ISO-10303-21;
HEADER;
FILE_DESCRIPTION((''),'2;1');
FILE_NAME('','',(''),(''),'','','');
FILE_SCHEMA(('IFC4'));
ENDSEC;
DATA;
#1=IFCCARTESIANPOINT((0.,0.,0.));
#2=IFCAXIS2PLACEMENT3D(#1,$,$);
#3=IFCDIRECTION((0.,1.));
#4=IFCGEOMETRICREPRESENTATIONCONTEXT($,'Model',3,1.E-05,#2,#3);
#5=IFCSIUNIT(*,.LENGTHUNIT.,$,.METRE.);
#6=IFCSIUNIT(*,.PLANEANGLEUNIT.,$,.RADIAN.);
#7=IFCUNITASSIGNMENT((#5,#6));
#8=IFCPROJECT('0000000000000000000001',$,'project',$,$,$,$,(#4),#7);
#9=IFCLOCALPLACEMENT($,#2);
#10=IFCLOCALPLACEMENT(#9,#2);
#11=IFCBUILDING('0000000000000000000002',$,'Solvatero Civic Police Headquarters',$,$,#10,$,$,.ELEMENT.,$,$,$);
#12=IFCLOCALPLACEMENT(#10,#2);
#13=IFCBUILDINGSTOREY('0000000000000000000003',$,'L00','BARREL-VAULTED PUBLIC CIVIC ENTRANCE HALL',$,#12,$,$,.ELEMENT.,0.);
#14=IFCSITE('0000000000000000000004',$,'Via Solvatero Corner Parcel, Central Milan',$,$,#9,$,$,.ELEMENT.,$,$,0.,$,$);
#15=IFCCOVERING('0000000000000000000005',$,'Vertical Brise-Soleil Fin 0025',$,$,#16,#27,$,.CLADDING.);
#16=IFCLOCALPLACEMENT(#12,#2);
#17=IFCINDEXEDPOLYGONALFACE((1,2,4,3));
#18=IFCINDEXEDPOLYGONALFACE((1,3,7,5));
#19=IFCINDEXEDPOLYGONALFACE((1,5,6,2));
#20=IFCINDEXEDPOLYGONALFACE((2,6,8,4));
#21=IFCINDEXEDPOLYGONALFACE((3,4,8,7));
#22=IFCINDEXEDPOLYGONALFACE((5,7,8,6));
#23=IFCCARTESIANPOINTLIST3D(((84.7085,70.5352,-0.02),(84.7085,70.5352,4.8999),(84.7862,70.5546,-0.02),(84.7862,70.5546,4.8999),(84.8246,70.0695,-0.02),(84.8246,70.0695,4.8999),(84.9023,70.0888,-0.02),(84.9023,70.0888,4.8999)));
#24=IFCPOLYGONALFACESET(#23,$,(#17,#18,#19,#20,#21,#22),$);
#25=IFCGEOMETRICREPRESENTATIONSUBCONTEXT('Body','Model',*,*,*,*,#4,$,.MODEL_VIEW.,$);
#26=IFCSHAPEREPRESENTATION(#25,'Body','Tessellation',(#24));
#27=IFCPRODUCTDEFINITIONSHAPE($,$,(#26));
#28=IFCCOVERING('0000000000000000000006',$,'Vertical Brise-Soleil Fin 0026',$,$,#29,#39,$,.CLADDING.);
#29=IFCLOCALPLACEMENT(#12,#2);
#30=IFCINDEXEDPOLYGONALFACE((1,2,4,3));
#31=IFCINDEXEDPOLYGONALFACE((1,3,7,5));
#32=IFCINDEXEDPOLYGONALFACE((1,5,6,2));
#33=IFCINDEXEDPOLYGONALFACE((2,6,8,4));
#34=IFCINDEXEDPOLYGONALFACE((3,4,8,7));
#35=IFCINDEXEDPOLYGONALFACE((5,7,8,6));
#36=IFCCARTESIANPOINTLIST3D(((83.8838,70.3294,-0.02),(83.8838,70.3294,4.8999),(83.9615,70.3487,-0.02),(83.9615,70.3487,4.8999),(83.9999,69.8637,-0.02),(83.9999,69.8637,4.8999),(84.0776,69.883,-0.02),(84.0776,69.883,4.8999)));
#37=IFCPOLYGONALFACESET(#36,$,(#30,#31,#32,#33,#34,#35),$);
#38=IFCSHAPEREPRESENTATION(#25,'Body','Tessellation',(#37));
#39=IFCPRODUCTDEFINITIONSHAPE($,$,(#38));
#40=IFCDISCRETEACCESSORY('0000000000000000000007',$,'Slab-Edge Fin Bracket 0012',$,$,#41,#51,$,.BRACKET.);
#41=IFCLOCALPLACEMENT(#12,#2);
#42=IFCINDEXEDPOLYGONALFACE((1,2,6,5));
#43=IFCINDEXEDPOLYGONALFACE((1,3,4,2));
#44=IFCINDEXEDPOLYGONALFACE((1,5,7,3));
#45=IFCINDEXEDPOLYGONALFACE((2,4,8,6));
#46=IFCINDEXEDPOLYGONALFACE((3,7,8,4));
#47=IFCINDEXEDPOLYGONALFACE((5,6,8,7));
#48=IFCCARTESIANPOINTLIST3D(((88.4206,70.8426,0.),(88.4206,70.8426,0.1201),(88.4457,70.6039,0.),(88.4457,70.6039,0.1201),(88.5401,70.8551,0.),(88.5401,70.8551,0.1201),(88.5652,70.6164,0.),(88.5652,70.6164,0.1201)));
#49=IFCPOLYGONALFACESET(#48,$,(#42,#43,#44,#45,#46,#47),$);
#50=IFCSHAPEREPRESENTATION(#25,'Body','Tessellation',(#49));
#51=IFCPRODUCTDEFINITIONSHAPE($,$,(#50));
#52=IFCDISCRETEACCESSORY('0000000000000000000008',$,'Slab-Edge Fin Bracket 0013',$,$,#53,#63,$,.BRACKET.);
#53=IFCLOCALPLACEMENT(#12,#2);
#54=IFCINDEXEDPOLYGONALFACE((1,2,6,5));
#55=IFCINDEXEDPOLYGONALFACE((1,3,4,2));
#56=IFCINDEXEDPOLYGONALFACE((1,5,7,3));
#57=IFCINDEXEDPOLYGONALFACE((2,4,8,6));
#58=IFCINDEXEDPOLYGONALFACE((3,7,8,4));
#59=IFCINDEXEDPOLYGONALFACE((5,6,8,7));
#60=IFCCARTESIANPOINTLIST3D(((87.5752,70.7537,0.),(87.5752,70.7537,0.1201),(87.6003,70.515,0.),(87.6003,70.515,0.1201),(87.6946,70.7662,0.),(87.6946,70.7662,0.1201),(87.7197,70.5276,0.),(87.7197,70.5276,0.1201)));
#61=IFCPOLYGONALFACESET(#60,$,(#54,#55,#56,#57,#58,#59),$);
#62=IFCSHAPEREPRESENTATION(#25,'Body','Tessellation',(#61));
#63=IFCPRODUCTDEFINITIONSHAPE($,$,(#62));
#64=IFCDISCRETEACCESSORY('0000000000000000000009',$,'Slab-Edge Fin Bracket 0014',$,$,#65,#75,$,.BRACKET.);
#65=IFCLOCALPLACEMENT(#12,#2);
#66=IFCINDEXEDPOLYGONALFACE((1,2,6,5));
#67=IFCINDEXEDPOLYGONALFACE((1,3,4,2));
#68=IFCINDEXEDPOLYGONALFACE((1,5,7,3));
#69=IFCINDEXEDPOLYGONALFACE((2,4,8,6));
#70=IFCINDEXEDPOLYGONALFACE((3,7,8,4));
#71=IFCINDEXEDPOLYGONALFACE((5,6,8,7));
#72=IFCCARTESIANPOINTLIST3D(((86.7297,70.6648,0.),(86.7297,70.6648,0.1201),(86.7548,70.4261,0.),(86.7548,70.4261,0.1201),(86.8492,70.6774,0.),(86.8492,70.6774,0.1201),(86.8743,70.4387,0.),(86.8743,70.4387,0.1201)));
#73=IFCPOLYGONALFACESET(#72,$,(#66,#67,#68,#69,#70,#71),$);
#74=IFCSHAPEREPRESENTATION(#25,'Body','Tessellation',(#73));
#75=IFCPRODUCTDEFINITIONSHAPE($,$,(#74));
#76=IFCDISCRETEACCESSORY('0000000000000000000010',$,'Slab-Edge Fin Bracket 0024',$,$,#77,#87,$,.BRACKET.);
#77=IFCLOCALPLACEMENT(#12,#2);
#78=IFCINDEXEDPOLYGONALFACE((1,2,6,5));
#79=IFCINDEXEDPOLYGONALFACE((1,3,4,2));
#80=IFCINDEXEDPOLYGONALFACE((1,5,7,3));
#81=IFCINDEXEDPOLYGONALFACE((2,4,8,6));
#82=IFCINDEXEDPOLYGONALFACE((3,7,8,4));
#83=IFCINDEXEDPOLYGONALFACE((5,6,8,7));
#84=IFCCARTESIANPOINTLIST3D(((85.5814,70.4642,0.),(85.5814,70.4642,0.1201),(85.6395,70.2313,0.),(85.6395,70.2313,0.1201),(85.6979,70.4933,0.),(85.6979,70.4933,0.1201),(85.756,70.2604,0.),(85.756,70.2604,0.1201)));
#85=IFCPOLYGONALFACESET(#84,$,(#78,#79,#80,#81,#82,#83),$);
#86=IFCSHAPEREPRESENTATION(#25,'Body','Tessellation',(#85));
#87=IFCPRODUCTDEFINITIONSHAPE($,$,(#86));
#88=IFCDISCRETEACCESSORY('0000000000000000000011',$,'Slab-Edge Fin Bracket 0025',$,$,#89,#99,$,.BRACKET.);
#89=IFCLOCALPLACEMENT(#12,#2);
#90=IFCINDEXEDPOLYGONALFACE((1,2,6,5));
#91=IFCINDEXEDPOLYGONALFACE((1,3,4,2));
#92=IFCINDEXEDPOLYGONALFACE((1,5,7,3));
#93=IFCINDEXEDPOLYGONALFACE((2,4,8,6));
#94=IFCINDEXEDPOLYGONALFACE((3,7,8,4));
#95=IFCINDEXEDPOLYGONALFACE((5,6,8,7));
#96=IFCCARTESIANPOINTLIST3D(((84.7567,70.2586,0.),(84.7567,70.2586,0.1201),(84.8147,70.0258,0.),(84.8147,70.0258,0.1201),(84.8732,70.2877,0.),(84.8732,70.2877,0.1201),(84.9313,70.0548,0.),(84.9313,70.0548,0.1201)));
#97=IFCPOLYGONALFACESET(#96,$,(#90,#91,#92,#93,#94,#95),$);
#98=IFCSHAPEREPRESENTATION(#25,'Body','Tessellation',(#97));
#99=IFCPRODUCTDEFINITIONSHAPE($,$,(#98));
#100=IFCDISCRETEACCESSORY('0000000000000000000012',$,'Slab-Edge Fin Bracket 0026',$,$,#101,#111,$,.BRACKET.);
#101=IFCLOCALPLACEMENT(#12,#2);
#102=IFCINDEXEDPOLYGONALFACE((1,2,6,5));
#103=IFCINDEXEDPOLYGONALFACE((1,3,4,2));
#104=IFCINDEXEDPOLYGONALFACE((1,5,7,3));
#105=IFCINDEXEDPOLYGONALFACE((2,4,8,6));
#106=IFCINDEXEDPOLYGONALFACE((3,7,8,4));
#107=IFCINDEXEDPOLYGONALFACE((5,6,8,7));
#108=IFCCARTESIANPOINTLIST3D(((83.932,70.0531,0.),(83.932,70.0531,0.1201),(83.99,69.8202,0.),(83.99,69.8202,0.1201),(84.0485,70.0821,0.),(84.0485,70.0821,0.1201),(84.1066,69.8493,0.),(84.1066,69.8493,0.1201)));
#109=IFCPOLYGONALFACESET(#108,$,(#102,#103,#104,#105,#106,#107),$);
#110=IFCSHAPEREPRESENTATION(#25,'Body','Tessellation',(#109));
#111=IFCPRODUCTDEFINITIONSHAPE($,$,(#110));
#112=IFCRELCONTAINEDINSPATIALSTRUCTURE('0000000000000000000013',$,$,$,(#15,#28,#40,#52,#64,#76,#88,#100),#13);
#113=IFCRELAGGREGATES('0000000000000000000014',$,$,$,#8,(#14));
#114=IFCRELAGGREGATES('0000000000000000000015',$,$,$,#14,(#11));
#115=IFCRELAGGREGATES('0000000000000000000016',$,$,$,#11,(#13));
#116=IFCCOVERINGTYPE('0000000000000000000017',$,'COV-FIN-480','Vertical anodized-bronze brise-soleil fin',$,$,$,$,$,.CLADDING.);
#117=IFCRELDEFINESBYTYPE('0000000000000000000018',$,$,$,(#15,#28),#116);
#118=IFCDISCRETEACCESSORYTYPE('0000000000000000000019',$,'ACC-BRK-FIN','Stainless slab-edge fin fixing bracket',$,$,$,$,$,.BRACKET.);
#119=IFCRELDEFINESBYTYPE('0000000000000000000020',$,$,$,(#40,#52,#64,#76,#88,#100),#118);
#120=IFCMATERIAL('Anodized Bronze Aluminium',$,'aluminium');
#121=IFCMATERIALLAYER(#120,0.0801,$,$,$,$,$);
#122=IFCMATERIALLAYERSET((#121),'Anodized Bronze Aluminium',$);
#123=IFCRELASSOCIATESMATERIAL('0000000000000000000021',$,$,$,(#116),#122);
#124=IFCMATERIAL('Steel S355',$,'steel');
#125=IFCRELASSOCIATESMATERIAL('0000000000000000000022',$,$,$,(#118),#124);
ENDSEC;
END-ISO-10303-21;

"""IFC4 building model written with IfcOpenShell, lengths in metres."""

from ifc_helpers import new_model, si_unit, direction, frame, origin, origin_2d, place, context, subcontext, project, spatial, rectangle, extrude, material, layer, layer_set, type_object, element, save


model = new_model("IFC4")

# Units and contexts
model_context = context("Model", 3, precision=1e-05, world=origin(), true_north=direction((0.0, 1.0)))
body_context = subcontext(model_context, "Body", "Model", "MODEL_VIEW")
ifc_project = project(units=[si_unit("LENGTHUNIT", "METRE"), si_unit("PLANEANGLEUNIT", "RADIAN")], contexts=[model_context])

# Site, building, storey
site_placement = place(None, origin())
site = spatial("IfcSite", under=ifc_project, at=site_placement, Name="Via Solvatero Corner Parcel, Central Milan", CompositionType="ELEMENT", RefElevation=0.0)
building_placement = place(site_placement, origin())
building = spatial("IfcBuilding", under=site, at=building_placement, Name="Solvatero Civic Police Headquarters", CompositionType="ELEMENT")
storey_placement = place(building_placement, origin())
storey = spatial("IfcBuildingStorey", under=building, at=storey_placement, Name="L00", Description="BARREL-VAULTED PUBLIC CIVIC ENTRANCE HALL", CompositionType="ELEMENT", Elevation=0.0)

# Shared definitions
ifc_material_1 = material(Name="Steel S355", Category="steel")

# Shared definitions
ifc_material_2 = material(Name="Anodized Bronze Aluminium", Category="aluminium")

# Coverings
ifc_layer_1 = layer(ifc_material_2, 0.0801)
ifc_layer_set_1 = layer_set([ifc_layer_1], Name="Anodized Bronze Aluminium")
covering_type = type_object("IfcCoveringType", Name="COV-FIN-480", Description="Vertical anodized-bronze brise-soleil fin", PredefinedType="CLADDING", material=ifc_layer_set_1)
for number, where, z_axis, x_axis, name in (
    (1, (84.8054, 70.312, -0.02), (0.0, 0.0, 1.0), (-0.970296, -0.241922, 0.0), "Vertical Brise-Soleil Fin 0025"),
    (2, (83.9807, 70.1062, -0.02), (0.0, 0.0, 1.0), (-0.970296, -0.241922, 0.0), "Vertical Brise-Soleil Fin 0026"),
):
    element("IfcCovering", number, at=place(storey_placement, frame(where, z_axis=z_axis, x_axis=x_axis)), inside=storey, type_object=covering_type, Name=name, PredefinedType="CLADDING", context=body_context, shape_type="SweptSolid", body=[
        extrude(rectangle(XDim=0.0801, YDim=0.48, at=origin_2d()), origin(), (0.0, 0.0, 1.0), 4.9199),
    ])

# Discrete accessories
discrete_accessory_type = type_object("IfcDiscreteAccessoryType", Name="ACC-BRK-FIN", Description="Stainless slab-edge fin fixing bracket", PredefinedType="BRACKET", material=ifc_material_1)
for number, where, z_axis, x_axis, name in (
    (3, (88.4929, 70.7295, 0.0), (0.0, 0.0, 1.0), (-0.994524, -0.104511, 0.0), "Slab-Edge Fin Bracket 0012"),
    (4, (87.6475, 70.6406, 0.0), (0.0, 0.0, 1.0), (-0.994524, -0.104511, 0.0), "Slab-Edge Fin Bracket 0013"),
    (5, (86.802, 70.5518, 0.0), (0.0, 0.0, 1.0), (-0.994524, -0.104511, 0.0), "Slab-Edge Fin Bracket 0014"),
    (6, (85.6687, 70.3623, 0.0), (0.0, 0.0, 1.0), (-0.970296, -0.241922, 0.0), "Slab-Edge Fin Bracket 0024"),
    (7, (84.844, 70.1567, 0.0), (0.0, 0.0, 1.0), (-0.970296, -0.241922, 0.0), "Slab-Edge Fin Bracket 0025"),
    (8, (84.0193, 69.9512, 0.0), (0.0, 0.0, 1.0), (-0.970296, -0.241922, 0.0), "Slab-Edge Fin Bracket 0026"),
):
    element("IfcDiscreteAccessory", number, at=place(storey_placement, frame(where, z_axis=z_axis, x_axis=x_axis)), inside=storey, type_object=discrete_accessory_type, Name=name, PredefinedType="BRACKET", context=body_context, shape_type="SweptSolid", body=[
        extrude(rectangle(XDim=0.1201, YDim=0.24, at=origin_2d()), origin(), (0.0, 0.0, 1.0), 0.1201),
    ])

save(model, "model.ifc")
